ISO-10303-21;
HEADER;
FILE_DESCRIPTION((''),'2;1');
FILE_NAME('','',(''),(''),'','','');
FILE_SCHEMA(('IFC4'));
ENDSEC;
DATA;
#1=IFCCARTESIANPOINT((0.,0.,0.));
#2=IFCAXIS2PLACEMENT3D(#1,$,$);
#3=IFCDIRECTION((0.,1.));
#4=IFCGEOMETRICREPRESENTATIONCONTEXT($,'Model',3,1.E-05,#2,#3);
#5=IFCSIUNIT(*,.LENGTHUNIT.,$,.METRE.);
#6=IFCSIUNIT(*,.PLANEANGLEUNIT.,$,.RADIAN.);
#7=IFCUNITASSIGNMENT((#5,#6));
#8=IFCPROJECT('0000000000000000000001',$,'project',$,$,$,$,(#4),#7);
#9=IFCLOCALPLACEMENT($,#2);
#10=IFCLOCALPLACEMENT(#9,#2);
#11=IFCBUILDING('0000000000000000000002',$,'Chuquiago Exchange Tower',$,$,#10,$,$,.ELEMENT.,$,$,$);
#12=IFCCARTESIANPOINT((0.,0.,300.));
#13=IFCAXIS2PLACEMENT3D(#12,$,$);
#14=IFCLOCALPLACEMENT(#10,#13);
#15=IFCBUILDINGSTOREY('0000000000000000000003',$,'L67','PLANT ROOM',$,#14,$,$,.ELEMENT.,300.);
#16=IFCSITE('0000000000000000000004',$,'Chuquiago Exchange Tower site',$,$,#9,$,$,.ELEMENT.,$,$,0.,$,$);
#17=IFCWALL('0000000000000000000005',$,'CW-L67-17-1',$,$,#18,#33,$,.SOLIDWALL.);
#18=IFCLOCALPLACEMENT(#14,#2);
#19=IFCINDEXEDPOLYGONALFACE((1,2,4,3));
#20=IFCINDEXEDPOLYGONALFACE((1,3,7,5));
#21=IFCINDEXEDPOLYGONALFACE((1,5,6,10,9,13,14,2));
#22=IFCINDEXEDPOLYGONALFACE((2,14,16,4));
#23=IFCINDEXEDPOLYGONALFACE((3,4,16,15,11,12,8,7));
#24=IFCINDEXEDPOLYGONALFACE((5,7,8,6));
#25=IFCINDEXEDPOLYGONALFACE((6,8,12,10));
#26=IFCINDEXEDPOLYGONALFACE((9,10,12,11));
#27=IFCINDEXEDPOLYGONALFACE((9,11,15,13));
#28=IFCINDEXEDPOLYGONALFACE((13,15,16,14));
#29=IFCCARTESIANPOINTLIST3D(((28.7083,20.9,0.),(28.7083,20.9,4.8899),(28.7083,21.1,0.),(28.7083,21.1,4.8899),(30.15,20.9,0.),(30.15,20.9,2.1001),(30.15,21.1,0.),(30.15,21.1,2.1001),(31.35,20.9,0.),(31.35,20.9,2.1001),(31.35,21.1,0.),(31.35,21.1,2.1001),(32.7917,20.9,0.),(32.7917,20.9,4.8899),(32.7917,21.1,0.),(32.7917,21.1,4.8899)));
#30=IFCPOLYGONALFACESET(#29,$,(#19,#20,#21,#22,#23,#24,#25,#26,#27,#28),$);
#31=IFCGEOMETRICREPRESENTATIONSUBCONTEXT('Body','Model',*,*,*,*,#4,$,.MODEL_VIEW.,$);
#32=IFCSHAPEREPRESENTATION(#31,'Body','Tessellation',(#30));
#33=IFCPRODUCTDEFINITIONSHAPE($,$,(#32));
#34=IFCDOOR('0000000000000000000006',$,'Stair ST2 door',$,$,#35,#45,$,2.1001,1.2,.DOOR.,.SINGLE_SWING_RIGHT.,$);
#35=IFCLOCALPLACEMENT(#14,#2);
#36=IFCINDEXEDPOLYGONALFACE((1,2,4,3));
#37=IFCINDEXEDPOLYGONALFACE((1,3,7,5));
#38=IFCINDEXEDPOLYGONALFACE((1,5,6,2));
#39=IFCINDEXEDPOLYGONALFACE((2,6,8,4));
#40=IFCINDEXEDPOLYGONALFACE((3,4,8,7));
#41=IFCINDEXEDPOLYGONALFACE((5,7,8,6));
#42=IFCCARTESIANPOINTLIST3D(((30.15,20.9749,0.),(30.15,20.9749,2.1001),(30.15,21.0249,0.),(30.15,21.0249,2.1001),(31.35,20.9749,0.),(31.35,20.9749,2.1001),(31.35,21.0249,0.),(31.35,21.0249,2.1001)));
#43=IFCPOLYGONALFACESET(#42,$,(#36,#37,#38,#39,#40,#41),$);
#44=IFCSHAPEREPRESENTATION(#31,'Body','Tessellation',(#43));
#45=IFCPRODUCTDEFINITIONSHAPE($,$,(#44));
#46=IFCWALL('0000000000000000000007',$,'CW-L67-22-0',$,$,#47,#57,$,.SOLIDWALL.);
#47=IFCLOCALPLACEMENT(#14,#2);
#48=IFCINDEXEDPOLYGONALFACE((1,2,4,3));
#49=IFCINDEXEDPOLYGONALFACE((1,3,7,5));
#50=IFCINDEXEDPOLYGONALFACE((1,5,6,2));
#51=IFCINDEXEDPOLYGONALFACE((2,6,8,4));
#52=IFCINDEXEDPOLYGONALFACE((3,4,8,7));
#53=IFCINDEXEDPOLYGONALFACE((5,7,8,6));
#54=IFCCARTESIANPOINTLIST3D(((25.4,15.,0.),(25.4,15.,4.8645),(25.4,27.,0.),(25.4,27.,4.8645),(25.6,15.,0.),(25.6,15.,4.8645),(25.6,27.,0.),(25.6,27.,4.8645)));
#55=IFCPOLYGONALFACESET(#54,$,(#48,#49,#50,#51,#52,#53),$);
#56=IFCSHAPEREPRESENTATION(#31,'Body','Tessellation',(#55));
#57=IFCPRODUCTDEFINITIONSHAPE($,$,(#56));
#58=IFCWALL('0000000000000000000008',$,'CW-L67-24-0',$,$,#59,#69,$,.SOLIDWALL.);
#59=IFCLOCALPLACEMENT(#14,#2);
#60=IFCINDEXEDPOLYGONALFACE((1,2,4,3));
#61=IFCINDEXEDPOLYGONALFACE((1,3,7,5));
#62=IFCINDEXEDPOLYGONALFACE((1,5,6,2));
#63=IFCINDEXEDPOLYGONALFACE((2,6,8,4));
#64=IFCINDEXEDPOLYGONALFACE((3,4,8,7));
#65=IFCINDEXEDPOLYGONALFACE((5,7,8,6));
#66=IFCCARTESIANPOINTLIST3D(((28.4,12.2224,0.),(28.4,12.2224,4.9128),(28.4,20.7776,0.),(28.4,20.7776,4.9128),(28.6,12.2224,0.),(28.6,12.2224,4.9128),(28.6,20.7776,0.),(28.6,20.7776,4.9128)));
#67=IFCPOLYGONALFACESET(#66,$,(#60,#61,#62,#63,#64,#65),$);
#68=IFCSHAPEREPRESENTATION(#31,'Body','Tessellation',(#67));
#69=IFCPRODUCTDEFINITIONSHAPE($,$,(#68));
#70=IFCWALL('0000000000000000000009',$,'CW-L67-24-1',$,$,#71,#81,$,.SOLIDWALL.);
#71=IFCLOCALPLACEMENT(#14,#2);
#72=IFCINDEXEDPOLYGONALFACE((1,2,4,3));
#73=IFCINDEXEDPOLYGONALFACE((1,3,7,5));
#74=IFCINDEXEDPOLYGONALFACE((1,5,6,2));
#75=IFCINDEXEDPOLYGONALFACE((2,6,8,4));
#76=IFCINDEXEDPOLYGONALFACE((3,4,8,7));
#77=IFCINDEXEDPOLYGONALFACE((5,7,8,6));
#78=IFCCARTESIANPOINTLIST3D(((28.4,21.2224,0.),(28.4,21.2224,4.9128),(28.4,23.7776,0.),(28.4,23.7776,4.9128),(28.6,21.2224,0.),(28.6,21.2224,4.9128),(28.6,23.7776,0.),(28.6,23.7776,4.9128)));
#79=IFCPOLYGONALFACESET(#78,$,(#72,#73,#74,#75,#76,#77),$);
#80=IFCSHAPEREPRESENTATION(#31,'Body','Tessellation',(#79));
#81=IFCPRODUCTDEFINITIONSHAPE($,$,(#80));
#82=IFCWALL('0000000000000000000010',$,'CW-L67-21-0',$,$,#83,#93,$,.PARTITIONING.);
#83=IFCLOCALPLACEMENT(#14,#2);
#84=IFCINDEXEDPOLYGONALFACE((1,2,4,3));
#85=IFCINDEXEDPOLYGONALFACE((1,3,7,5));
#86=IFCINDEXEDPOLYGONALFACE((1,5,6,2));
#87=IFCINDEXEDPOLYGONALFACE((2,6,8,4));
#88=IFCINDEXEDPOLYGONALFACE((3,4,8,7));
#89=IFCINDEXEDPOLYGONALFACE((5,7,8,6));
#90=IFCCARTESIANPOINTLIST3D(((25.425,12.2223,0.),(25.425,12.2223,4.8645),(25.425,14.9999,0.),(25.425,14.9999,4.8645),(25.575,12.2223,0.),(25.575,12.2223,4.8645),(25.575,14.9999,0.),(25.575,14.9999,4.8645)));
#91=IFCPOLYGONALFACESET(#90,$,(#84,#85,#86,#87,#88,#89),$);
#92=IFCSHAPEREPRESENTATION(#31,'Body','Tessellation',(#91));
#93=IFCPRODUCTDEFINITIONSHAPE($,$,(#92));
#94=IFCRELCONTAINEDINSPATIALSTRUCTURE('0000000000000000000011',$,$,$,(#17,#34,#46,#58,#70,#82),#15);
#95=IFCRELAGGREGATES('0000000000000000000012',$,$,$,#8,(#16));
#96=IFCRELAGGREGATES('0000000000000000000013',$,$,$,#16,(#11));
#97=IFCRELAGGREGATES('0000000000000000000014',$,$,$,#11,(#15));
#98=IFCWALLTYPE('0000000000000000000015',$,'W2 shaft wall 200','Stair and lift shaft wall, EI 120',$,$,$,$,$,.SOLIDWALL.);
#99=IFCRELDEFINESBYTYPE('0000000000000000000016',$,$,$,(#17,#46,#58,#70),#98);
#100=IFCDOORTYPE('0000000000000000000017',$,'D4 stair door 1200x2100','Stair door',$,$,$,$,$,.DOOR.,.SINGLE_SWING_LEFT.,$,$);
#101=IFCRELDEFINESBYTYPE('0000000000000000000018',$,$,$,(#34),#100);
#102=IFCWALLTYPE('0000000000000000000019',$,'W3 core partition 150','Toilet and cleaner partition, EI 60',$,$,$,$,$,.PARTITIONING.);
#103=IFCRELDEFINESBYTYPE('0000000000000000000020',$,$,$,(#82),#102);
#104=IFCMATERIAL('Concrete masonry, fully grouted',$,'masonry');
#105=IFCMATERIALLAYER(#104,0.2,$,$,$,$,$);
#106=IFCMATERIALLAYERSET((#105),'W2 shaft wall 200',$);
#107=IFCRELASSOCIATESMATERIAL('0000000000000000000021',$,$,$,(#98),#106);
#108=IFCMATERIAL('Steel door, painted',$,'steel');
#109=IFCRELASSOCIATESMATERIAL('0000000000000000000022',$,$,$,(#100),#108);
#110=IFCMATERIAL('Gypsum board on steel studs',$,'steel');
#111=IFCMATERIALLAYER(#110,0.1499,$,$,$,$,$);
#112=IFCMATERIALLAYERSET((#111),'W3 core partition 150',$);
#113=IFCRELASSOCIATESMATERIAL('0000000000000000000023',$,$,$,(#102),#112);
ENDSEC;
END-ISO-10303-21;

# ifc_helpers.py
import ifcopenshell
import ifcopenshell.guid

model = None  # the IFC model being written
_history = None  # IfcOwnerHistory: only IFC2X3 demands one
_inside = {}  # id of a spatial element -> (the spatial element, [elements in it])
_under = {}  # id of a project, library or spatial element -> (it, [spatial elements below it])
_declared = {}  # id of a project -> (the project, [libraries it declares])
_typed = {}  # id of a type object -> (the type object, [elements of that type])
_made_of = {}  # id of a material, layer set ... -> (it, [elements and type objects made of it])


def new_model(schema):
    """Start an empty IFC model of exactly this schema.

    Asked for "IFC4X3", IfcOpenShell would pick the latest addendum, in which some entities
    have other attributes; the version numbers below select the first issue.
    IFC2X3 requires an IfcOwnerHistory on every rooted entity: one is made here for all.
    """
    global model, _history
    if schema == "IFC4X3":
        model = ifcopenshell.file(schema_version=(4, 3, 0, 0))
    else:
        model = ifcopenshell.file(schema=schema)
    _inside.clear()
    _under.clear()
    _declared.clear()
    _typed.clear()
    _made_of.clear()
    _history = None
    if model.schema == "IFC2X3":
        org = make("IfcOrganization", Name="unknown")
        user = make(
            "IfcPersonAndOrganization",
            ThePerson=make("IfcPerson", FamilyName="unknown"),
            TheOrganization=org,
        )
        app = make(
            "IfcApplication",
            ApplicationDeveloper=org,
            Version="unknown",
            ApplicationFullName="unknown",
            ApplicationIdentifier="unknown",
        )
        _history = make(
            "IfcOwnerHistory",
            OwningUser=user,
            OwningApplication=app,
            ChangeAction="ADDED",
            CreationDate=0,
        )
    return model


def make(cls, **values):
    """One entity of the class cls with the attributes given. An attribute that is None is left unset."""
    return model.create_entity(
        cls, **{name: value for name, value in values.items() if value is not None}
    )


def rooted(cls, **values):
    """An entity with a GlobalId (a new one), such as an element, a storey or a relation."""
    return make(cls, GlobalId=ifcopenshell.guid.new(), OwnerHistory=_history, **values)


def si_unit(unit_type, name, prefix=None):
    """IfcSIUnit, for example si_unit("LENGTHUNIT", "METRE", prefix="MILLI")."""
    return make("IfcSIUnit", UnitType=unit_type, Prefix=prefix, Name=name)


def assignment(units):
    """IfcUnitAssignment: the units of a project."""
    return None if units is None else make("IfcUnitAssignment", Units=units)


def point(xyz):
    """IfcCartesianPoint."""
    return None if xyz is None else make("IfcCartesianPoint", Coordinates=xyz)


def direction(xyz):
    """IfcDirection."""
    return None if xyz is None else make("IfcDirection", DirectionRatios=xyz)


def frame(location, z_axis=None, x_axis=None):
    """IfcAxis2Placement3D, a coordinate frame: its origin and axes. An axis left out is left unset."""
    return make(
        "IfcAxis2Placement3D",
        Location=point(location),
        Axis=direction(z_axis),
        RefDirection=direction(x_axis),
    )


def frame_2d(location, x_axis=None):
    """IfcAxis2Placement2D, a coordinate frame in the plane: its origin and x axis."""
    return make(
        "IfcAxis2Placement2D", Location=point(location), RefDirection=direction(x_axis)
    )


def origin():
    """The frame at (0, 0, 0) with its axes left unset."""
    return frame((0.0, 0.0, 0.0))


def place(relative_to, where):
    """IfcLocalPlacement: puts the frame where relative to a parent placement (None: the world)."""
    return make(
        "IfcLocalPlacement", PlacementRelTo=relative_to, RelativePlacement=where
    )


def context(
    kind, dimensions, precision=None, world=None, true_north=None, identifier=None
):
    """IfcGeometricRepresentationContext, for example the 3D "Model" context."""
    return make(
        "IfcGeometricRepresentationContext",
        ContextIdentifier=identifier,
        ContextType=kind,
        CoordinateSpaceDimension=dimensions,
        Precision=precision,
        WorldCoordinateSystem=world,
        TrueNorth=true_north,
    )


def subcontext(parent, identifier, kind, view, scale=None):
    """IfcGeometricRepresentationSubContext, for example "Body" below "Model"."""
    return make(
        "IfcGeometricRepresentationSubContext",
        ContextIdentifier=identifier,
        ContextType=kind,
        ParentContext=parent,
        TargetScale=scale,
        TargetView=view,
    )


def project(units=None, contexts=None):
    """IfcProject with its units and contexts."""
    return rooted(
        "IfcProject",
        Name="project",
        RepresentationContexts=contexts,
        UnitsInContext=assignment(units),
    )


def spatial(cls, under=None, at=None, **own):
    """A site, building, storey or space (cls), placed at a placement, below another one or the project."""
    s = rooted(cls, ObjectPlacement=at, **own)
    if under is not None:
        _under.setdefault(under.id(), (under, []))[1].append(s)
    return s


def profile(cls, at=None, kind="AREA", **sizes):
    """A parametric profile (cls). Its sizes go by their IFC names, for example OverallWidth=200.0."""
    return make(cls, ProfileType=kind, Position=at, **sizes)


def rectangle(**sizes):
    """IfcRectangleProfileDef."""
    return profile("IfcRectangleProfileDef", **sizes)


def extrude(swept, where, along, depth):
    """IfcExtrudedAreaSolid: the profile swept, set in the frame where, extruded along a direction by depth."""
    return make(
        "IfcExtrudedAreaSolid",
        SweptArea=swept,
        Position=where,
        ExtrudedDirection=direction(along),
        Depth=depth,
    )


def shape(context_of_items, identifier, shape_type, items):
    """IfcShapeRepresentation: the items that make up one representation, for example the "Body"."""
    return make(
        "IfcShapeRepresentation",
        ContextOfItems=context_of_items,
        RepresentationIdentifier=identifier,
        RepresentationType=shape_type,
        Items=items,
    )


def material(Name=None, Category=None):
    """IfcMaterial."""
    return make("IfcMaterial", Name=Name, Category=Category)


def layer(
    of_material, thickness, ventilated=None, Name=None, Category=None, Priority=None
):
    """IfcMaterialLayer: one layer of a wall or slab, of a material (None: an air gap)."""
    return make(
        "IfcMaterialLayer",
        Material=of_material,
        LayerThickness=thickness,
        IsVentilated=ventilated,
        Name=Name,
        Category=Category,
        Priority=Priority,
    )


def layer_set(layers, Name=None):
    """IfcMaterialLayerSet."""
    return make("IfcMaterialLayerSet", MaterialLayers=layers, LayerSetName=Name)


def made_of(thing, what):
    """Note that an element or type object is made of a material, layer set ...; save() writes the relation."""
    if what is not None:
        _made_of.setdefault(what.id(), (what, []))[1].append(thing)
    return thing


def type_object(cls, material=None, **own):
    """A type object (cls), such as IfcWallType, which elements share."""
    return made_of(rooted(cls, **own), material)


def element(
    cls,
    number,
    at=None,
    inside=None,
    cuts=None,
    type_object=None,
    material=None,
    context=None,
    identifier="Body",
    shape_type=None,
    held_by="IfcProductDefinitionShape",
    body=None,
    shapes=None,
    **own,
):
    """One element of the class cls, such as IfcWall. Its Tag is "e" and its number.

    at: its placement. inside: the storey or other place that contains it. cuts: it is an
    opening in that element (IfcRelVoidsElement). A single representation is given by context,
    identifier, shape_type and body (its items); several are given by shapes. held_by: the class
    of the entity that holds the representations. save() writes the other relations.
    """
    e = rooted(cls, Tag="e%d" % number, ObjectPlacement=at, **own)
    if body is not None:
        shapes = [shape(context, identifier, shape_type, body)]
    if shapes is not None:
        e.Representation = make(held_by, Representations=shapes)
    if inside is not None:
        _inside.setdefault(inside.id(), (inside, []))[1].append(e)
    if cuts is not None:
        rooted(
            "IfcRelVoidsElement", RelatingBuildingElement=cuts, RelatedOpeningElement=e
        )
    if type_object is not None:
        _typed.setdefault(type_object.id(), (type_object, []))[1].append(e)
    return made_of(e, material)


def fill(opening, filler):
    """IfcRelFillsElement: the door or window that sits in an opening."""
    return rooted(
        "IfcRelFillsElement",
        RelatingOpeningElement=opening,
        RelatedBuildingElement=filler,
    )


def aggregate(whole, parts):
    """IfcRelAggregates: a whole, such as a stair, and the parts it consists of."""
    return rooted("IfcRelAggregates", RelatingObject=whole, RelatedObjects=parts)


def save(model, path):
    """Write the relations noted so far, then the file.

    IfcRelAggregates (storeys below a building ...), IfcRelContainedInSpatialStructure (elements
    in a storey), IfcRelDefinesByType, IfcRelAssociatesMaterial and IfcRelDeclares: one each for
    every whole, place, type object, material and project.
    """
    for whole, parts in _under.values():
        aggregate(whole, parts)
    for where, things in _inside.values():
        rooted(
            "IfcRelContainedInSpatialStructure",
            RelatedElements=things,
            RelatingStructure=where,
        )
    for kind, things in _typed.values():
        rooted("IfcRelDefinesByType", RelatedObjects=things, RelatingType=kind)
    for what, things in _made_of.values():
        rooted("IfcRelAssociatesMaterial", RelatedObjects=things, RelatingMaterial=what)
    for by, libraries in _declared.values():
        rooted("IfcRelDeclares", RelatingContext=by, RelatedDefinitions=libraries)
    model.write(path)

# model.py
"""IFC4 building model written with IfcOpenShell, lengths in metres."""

from ifc_helpers import new_model, si_unit, direction, frame, frame_2d, origin, place, context, subcontext, project, spatial, rectangle, extrude, material, layer, layer_set, type_object, element, fill, save


model = new_model("IFC4")

# Units and contexts
model_context = context("Model", 3, precision=1e-05, world=origin(), true_north=direction((0.0, 1.0)))
body_context = subcontext(model_context, "Body", "Model", "MODEL_VIEW")
ifc_project = project(units=[si_unit("LENGTHUNIT", "METRE"), si_unit("PLANEANGLEUNIT", "RADIAN")], contexts=[model_context])

# Site, building, storey
site_placement = place(None, origin())
site = spatial("IfcSite", under=ifc_project, at=site_placement, Name="Chuquiago Exchange Tower site", CompositionType="ELEMENT", RefElevation=0.0)
building_placement = place(site_placement, origin())
building = spatial("IfcBuilding", under=site, at=building_placement, Name="Chuquiago Exchange Tower", CompositionType="ELEMENT")
storey_placement = place(building_placement, frame((0.0, 0.0, 300.0)))
storey = spatial("IfcBuildingStorey", under=building, at=storey_placement, Name="L67", Description="PLANT ROOM", CompositionType="ELEMENT", Elevation=300.0)

# Shared definitions
ifc_material_1 = material(Name="Concrete masonry, fully grouted", Category="masonry")
ifc_layer_1 = layer(ifc_material_1, 0.2)
ifc_layer_set_1 = layer_set([ifc_layer_1], Name="W2 shaft wall 200")
wall_type_1 = type_object("IfcWallType", Name="W2 shaft wall 200", Description="Stair and lift shaft wall, EI 120", PredefinedType="SOLIDWALL", material=ifc_layer_set_1)

# Wall, opening, door
wall_1_placement = place(storey_placement, frame((28.7083, 21.0, 0.0), z_axis=(0.0, 0.0, 1.0), x_axis=(1.0, 0.0, 0.0)))
wall_1 = element("IfcWall", 1, at=wall_1_placement, inside=storey, type_object=wall_type_1, Name="CW-L67-17-1", PredefinedType="SOLIDWALL", context=body_context, shape_type="SweptSolid", body=[
    extrude(rectangle(XDim=4.0835, YDim=0.2, at=frame_2d((2.0417, 0.0))), origin(), (0.0, 0.0, 1.0), 4.8899),
])
opening_1_placement = place(wall_1_placement, frame((1.4417, 0.0, 0.0)))
opening_1 = element("IfcOpeningElement", 2, at=opening_1_placement, cuts=wall_1, PredefinedType="OPENING", context=body_context, shape_type="SweptSolid", body=[
    extrude(rectangle(XDim=1.2, YDim=2.1001, at=frame_2d((0.6001, 1.05))), frame((0.0, 0.1099, 0.0), z_axis=(0.0, -1.0, 0.0), x_axis=(1.0, 0.0, 0.0)), (0.0, 0.0, 1.0), 0.22),
])
ifc_material_2 = material(Name="Steel door, painted", Category="steel")
door_type_1 = type_object("IfcDoorType", Name="D4 stair door 1200x2100", Description="Stair door", OperationType="SINGLE_SWING_LEFT", PredefinedType="DOOR", material=ifc_material_2)
door_1_placement = place(opening_1_placement, origin())
door_1 = element("IfcDoor", 3, at=door_1_placement, inside=storey, type_object=door_type_1, Name="Stair ST2 door", OperationType="SINGLE_SWING_RIGHT", OverallHeight=2.1001, OverallWidth=1.2, PredefinedType="DOOR", context=body_context, shape_type="SweptSolid", body=[
    extrude(rectangle(XDim=1.2, YDim=2.1001, at=frame_2d((0.6001, 1.05))), frame((0.0, 0.0249, 0.0), z_axis=(0.0, -1.0, 0.0), x_axis=(1.0, 0.0, 0.0)), (0.0, 0.0, 1.0), 0.05),
])
fill(opening_1, door_1)

# Walls
wall_2_placement = place(storey_placement, frame((25.5, 15.0, 0.0), z_axis=(0.0, 0.0, 1.0), x_axis=(0.0, 1.0, 0.0)))
element("IfcWall", 4, at=wall_2_placement, inside=storey, type_object=wall_type_1, Name="CW-L67-22-0", PredefinedType="SOLIDWALL", context=body_context, shape_type="SweptSolid", body=[
    extrude(rectangle(XDim=12.0, YDim=0.2, at=frame_2d((6.0, 0.0))), origin(), (0.0, 0.0, 1.0), 4.8645),
])
wall_3_placement = place(storey_placement, frame((28.5, 12.2224, 0.0), z_axis=(0.0, 0.0, 1.0), x_axis=(0.0, 1.0, 0.0)))
element("IfcWall", 5, at=wall_3_placement, inside=storey, type_object=wall_type_1, Name="CW-L67-24-0", PredefinedType="SOLIDWALL", context=body_context, shape_type="SweptSolid", body=[
    extrude(rectangle(XDim=8.5552, YDim=0.2, at=frame_2d((4.2776, 0.0))), origin(), (0.0, 0.0, 1.0), 4.9128),
])
wall_4_placement = place(storey_placement, frame((28.5, 21.2224, 0.0), z_axis=(0.0, 0.0, 1.0), x_axis=(0.0, 1.0, 0.0)))
element("IfcWall", 6, at=wall_4_placement, inside=storey, type_object=wall_type_1, Name="CW-L67-24-1", PredefinedType="SOLIDWALL", context=body_context, shape_type="SweptSolid", body=[
    extrude(rectangle(XDim=2.5552, YDim=0.2, at=frame_2d((1.2776, 0.0))), origin(), (0.0, 0.0, 1.0), 4.9128),
])
ifc_material_3 = material(Name="Gypsum board on steel studs", Category="steel")
ifc_layer_2 = layer(ifc_material_3, 0.1499)
ifc_layer_set_2 = layer_set([ifc_layer_2], Name="W3 core partition 150")
wall_type_2 = type_object("IfcWallType", Name="W3 core partition 150", Description="Toilet and cleaner partition, EI 60", PredefinedType="PARTITIONING", material=ifc_layer_set_2)
wall_5_placement = place(storey_placement, frame((25.5, 12.2224, 0.0), z_axis=(0.0, 0.0, 1.0), x_axis=(0.0, 1.0, 0.0)))
element("IfcWall", 7, at=wall_5_placement, inside=storey, type_object=wall_type_2, Name="CW-L67-21-0", PredefinedType="PARTITIONING", context=body_context, shape_type="SweptSolid", body=[
    extrude(rectangle(XDim=2.7776, YDim=0.1499, at=frame_2d((1.3887, 0.0))), origin(), (0.0, 0.0, 1.0), 4.8645),
])

save(model, "model.ifc")
